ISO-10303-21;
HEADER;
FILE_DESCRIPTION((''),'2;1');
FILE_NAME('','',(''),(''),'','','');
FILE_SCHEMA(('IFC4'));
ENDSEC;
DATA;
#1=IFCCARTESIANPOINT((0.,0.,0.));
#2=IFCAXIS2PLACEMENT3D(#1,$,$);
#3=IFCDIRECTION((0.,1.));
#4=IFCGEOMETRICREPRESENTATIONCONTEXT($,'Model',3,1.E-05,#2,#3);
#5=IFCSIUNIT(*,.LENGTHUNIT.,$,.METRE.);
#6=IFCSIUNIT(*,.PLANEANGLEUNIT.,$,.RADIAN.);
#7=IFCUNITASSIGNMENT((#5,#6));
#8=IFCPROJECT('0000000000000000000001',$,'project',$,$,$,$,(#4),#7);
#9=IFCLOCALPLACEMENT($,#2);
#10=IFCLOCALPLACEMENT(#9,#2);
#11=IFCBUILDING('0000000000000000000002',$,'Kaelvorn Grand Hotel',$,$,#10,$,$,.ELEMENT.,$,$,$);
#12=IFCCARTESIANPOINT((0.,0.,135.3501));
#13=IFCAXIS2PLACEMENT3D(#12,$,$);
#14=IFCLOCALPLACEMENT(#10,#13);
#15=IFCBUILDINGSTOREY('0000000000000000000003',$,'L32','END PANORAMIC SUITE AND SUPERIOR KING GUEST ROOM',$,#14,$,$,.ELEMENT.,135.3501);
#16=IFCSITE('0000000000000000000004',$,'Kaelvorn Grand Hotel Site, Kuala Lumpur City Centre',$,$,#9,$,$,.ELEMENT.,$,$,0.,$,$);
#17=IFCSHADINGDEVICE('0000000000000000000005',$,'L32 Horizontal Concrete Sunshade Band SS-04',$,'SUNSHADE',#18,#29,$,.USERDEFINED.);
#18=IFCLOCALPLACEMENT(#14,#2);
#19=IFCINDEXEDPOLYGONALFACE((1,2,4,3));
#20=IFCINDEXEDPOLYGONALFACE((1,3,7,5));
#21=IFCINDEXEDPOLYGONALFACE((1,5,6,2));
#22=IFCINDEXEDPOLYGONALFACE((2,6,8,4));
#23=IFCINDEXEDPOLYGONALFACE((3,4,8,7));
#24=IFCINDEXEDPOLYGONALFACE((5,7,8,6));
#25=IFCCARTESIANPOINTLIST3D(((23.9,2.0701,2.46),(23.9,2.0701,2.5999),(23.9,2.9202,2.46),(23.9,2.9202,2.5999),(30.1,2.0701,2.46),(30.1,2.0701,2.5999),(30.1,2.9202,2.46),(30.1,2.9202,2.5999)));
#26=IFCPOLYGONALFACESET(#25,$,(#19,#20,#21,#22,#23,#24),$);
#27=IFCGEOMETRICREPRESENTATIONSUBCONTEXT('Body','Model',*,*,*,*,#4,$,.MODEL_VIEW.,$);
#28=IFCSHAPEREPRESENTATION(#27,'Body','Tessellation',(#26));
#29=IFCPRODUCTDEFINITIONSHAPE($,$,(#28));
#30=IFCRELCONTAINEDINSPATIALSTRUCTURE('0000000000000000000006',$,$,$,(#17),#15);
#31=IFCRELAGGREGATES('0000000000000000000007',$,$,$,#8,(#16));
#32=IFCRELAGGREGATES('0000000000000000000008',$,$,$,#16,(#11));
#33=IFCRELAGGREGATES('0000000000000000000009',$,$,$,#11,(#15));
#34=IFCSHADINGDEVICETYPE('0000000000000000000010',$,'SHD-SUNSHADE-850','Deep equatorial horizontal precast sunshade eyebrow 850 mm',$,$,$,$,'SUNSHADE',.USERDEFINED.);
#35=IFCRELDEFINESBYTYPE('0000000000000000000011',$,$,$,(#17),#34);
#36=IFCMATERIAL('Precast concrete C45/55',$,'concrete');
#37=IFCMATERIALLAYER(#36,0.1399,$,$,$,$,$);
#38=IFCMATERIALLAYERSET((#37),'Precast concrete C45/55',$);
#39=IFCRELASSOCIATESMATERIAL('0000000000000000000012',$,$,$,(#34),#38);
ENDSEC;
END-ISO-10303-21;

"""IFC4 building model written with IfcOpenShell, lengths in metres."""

from ifc_helpers import new_model, si_unit, direction, frame, origin, origin_2d, place, context, subcontext, project, spatial, rectangle, extrude, material, layer, layer_set, type_object, element, save


model = new_model("IFC4")

# Units and contexts
model_context = context("Model", 3, precision=1e-05, world=origin(), true_north=direction((0.0, 1.0)))
body_context = subcontext(model_context, "Body", "Model", "MODEL_VIEW")
ifc_project = project(units=[si_unit("LENGTHUNIT", "METRE"), si_unit("PLANEANGLEUNIT", "RADIAN")], contexts=[model_context])

# Site, building, storey
site_placement = place(None, origin())
site = spatial("IfcSite", under=ifc_project, at=site_placement, Name="Kaelvorn Grand Hotel Site, Kuala Lumpur City Centre", CompositionType="ELEMENT", RefElevation=0.0)
building_placement = place(site_placement, origin())
building = spatial("IfcBuilding", under=site, at=building_placement, Name="Kaelvorn Grand Hotel", CompositionType="ELEMENT")
storey_placement = place(building_placement, frame((0.0, 0.0, 135.3501)))
storey = spatial("IfcBuildingStorey", under=building, at=storey_placement, Name="L32", Description="END PANORAMIC SUITE AND SUPERIOR KING GUEST ROOM", CompositionType="ELEMENT", Elevation=135.3501)

# Shading device
ifc_material_1 = material(Name="Precast concrete C45/55", Category="concrete")
ifc_layer_1 = layer(ifc_material_1, 0.1399)
ifc_layer_set_1 = layer_set([ifc_layer_1], Name="Precast concrete C45/55")
shading_device_type_1 = type_object("IfcShadingDeviceType", Name="SHD-SUNSHADE-850", Description="Deep equatorial horizontal precast sunshade eyebrow 850 mm", ElementType="SUNSHADE", PredefinedType="USERDEFINED", material=ifc_layer_set_1)
shading_device_1_placement = place(storey_placement, frame((27.0, 2.4951, 2.46), z_axis=(0.0, 0.0, 1.0), x_axis=(1.0, 0.0, 0.0)))
element("IfcShadingDevice", 1, at=shading_device_1_placement, inside=storey, type_object=shading_device_type_1, Name="L32 Horizontal Concrete Sunshade Band SS-04", ObjectType="SUNSHADE", PredefinedType="USERDEFINED", context=body_context, shape_type="SweptSolid", body=[
    extrude(rectangle(XDim=6.2, YDim=0.8501, at=origin_2d()), origin(), (0.0, 0.0, 1.0), 0.1399),
])

save(model, "model.ifc")
